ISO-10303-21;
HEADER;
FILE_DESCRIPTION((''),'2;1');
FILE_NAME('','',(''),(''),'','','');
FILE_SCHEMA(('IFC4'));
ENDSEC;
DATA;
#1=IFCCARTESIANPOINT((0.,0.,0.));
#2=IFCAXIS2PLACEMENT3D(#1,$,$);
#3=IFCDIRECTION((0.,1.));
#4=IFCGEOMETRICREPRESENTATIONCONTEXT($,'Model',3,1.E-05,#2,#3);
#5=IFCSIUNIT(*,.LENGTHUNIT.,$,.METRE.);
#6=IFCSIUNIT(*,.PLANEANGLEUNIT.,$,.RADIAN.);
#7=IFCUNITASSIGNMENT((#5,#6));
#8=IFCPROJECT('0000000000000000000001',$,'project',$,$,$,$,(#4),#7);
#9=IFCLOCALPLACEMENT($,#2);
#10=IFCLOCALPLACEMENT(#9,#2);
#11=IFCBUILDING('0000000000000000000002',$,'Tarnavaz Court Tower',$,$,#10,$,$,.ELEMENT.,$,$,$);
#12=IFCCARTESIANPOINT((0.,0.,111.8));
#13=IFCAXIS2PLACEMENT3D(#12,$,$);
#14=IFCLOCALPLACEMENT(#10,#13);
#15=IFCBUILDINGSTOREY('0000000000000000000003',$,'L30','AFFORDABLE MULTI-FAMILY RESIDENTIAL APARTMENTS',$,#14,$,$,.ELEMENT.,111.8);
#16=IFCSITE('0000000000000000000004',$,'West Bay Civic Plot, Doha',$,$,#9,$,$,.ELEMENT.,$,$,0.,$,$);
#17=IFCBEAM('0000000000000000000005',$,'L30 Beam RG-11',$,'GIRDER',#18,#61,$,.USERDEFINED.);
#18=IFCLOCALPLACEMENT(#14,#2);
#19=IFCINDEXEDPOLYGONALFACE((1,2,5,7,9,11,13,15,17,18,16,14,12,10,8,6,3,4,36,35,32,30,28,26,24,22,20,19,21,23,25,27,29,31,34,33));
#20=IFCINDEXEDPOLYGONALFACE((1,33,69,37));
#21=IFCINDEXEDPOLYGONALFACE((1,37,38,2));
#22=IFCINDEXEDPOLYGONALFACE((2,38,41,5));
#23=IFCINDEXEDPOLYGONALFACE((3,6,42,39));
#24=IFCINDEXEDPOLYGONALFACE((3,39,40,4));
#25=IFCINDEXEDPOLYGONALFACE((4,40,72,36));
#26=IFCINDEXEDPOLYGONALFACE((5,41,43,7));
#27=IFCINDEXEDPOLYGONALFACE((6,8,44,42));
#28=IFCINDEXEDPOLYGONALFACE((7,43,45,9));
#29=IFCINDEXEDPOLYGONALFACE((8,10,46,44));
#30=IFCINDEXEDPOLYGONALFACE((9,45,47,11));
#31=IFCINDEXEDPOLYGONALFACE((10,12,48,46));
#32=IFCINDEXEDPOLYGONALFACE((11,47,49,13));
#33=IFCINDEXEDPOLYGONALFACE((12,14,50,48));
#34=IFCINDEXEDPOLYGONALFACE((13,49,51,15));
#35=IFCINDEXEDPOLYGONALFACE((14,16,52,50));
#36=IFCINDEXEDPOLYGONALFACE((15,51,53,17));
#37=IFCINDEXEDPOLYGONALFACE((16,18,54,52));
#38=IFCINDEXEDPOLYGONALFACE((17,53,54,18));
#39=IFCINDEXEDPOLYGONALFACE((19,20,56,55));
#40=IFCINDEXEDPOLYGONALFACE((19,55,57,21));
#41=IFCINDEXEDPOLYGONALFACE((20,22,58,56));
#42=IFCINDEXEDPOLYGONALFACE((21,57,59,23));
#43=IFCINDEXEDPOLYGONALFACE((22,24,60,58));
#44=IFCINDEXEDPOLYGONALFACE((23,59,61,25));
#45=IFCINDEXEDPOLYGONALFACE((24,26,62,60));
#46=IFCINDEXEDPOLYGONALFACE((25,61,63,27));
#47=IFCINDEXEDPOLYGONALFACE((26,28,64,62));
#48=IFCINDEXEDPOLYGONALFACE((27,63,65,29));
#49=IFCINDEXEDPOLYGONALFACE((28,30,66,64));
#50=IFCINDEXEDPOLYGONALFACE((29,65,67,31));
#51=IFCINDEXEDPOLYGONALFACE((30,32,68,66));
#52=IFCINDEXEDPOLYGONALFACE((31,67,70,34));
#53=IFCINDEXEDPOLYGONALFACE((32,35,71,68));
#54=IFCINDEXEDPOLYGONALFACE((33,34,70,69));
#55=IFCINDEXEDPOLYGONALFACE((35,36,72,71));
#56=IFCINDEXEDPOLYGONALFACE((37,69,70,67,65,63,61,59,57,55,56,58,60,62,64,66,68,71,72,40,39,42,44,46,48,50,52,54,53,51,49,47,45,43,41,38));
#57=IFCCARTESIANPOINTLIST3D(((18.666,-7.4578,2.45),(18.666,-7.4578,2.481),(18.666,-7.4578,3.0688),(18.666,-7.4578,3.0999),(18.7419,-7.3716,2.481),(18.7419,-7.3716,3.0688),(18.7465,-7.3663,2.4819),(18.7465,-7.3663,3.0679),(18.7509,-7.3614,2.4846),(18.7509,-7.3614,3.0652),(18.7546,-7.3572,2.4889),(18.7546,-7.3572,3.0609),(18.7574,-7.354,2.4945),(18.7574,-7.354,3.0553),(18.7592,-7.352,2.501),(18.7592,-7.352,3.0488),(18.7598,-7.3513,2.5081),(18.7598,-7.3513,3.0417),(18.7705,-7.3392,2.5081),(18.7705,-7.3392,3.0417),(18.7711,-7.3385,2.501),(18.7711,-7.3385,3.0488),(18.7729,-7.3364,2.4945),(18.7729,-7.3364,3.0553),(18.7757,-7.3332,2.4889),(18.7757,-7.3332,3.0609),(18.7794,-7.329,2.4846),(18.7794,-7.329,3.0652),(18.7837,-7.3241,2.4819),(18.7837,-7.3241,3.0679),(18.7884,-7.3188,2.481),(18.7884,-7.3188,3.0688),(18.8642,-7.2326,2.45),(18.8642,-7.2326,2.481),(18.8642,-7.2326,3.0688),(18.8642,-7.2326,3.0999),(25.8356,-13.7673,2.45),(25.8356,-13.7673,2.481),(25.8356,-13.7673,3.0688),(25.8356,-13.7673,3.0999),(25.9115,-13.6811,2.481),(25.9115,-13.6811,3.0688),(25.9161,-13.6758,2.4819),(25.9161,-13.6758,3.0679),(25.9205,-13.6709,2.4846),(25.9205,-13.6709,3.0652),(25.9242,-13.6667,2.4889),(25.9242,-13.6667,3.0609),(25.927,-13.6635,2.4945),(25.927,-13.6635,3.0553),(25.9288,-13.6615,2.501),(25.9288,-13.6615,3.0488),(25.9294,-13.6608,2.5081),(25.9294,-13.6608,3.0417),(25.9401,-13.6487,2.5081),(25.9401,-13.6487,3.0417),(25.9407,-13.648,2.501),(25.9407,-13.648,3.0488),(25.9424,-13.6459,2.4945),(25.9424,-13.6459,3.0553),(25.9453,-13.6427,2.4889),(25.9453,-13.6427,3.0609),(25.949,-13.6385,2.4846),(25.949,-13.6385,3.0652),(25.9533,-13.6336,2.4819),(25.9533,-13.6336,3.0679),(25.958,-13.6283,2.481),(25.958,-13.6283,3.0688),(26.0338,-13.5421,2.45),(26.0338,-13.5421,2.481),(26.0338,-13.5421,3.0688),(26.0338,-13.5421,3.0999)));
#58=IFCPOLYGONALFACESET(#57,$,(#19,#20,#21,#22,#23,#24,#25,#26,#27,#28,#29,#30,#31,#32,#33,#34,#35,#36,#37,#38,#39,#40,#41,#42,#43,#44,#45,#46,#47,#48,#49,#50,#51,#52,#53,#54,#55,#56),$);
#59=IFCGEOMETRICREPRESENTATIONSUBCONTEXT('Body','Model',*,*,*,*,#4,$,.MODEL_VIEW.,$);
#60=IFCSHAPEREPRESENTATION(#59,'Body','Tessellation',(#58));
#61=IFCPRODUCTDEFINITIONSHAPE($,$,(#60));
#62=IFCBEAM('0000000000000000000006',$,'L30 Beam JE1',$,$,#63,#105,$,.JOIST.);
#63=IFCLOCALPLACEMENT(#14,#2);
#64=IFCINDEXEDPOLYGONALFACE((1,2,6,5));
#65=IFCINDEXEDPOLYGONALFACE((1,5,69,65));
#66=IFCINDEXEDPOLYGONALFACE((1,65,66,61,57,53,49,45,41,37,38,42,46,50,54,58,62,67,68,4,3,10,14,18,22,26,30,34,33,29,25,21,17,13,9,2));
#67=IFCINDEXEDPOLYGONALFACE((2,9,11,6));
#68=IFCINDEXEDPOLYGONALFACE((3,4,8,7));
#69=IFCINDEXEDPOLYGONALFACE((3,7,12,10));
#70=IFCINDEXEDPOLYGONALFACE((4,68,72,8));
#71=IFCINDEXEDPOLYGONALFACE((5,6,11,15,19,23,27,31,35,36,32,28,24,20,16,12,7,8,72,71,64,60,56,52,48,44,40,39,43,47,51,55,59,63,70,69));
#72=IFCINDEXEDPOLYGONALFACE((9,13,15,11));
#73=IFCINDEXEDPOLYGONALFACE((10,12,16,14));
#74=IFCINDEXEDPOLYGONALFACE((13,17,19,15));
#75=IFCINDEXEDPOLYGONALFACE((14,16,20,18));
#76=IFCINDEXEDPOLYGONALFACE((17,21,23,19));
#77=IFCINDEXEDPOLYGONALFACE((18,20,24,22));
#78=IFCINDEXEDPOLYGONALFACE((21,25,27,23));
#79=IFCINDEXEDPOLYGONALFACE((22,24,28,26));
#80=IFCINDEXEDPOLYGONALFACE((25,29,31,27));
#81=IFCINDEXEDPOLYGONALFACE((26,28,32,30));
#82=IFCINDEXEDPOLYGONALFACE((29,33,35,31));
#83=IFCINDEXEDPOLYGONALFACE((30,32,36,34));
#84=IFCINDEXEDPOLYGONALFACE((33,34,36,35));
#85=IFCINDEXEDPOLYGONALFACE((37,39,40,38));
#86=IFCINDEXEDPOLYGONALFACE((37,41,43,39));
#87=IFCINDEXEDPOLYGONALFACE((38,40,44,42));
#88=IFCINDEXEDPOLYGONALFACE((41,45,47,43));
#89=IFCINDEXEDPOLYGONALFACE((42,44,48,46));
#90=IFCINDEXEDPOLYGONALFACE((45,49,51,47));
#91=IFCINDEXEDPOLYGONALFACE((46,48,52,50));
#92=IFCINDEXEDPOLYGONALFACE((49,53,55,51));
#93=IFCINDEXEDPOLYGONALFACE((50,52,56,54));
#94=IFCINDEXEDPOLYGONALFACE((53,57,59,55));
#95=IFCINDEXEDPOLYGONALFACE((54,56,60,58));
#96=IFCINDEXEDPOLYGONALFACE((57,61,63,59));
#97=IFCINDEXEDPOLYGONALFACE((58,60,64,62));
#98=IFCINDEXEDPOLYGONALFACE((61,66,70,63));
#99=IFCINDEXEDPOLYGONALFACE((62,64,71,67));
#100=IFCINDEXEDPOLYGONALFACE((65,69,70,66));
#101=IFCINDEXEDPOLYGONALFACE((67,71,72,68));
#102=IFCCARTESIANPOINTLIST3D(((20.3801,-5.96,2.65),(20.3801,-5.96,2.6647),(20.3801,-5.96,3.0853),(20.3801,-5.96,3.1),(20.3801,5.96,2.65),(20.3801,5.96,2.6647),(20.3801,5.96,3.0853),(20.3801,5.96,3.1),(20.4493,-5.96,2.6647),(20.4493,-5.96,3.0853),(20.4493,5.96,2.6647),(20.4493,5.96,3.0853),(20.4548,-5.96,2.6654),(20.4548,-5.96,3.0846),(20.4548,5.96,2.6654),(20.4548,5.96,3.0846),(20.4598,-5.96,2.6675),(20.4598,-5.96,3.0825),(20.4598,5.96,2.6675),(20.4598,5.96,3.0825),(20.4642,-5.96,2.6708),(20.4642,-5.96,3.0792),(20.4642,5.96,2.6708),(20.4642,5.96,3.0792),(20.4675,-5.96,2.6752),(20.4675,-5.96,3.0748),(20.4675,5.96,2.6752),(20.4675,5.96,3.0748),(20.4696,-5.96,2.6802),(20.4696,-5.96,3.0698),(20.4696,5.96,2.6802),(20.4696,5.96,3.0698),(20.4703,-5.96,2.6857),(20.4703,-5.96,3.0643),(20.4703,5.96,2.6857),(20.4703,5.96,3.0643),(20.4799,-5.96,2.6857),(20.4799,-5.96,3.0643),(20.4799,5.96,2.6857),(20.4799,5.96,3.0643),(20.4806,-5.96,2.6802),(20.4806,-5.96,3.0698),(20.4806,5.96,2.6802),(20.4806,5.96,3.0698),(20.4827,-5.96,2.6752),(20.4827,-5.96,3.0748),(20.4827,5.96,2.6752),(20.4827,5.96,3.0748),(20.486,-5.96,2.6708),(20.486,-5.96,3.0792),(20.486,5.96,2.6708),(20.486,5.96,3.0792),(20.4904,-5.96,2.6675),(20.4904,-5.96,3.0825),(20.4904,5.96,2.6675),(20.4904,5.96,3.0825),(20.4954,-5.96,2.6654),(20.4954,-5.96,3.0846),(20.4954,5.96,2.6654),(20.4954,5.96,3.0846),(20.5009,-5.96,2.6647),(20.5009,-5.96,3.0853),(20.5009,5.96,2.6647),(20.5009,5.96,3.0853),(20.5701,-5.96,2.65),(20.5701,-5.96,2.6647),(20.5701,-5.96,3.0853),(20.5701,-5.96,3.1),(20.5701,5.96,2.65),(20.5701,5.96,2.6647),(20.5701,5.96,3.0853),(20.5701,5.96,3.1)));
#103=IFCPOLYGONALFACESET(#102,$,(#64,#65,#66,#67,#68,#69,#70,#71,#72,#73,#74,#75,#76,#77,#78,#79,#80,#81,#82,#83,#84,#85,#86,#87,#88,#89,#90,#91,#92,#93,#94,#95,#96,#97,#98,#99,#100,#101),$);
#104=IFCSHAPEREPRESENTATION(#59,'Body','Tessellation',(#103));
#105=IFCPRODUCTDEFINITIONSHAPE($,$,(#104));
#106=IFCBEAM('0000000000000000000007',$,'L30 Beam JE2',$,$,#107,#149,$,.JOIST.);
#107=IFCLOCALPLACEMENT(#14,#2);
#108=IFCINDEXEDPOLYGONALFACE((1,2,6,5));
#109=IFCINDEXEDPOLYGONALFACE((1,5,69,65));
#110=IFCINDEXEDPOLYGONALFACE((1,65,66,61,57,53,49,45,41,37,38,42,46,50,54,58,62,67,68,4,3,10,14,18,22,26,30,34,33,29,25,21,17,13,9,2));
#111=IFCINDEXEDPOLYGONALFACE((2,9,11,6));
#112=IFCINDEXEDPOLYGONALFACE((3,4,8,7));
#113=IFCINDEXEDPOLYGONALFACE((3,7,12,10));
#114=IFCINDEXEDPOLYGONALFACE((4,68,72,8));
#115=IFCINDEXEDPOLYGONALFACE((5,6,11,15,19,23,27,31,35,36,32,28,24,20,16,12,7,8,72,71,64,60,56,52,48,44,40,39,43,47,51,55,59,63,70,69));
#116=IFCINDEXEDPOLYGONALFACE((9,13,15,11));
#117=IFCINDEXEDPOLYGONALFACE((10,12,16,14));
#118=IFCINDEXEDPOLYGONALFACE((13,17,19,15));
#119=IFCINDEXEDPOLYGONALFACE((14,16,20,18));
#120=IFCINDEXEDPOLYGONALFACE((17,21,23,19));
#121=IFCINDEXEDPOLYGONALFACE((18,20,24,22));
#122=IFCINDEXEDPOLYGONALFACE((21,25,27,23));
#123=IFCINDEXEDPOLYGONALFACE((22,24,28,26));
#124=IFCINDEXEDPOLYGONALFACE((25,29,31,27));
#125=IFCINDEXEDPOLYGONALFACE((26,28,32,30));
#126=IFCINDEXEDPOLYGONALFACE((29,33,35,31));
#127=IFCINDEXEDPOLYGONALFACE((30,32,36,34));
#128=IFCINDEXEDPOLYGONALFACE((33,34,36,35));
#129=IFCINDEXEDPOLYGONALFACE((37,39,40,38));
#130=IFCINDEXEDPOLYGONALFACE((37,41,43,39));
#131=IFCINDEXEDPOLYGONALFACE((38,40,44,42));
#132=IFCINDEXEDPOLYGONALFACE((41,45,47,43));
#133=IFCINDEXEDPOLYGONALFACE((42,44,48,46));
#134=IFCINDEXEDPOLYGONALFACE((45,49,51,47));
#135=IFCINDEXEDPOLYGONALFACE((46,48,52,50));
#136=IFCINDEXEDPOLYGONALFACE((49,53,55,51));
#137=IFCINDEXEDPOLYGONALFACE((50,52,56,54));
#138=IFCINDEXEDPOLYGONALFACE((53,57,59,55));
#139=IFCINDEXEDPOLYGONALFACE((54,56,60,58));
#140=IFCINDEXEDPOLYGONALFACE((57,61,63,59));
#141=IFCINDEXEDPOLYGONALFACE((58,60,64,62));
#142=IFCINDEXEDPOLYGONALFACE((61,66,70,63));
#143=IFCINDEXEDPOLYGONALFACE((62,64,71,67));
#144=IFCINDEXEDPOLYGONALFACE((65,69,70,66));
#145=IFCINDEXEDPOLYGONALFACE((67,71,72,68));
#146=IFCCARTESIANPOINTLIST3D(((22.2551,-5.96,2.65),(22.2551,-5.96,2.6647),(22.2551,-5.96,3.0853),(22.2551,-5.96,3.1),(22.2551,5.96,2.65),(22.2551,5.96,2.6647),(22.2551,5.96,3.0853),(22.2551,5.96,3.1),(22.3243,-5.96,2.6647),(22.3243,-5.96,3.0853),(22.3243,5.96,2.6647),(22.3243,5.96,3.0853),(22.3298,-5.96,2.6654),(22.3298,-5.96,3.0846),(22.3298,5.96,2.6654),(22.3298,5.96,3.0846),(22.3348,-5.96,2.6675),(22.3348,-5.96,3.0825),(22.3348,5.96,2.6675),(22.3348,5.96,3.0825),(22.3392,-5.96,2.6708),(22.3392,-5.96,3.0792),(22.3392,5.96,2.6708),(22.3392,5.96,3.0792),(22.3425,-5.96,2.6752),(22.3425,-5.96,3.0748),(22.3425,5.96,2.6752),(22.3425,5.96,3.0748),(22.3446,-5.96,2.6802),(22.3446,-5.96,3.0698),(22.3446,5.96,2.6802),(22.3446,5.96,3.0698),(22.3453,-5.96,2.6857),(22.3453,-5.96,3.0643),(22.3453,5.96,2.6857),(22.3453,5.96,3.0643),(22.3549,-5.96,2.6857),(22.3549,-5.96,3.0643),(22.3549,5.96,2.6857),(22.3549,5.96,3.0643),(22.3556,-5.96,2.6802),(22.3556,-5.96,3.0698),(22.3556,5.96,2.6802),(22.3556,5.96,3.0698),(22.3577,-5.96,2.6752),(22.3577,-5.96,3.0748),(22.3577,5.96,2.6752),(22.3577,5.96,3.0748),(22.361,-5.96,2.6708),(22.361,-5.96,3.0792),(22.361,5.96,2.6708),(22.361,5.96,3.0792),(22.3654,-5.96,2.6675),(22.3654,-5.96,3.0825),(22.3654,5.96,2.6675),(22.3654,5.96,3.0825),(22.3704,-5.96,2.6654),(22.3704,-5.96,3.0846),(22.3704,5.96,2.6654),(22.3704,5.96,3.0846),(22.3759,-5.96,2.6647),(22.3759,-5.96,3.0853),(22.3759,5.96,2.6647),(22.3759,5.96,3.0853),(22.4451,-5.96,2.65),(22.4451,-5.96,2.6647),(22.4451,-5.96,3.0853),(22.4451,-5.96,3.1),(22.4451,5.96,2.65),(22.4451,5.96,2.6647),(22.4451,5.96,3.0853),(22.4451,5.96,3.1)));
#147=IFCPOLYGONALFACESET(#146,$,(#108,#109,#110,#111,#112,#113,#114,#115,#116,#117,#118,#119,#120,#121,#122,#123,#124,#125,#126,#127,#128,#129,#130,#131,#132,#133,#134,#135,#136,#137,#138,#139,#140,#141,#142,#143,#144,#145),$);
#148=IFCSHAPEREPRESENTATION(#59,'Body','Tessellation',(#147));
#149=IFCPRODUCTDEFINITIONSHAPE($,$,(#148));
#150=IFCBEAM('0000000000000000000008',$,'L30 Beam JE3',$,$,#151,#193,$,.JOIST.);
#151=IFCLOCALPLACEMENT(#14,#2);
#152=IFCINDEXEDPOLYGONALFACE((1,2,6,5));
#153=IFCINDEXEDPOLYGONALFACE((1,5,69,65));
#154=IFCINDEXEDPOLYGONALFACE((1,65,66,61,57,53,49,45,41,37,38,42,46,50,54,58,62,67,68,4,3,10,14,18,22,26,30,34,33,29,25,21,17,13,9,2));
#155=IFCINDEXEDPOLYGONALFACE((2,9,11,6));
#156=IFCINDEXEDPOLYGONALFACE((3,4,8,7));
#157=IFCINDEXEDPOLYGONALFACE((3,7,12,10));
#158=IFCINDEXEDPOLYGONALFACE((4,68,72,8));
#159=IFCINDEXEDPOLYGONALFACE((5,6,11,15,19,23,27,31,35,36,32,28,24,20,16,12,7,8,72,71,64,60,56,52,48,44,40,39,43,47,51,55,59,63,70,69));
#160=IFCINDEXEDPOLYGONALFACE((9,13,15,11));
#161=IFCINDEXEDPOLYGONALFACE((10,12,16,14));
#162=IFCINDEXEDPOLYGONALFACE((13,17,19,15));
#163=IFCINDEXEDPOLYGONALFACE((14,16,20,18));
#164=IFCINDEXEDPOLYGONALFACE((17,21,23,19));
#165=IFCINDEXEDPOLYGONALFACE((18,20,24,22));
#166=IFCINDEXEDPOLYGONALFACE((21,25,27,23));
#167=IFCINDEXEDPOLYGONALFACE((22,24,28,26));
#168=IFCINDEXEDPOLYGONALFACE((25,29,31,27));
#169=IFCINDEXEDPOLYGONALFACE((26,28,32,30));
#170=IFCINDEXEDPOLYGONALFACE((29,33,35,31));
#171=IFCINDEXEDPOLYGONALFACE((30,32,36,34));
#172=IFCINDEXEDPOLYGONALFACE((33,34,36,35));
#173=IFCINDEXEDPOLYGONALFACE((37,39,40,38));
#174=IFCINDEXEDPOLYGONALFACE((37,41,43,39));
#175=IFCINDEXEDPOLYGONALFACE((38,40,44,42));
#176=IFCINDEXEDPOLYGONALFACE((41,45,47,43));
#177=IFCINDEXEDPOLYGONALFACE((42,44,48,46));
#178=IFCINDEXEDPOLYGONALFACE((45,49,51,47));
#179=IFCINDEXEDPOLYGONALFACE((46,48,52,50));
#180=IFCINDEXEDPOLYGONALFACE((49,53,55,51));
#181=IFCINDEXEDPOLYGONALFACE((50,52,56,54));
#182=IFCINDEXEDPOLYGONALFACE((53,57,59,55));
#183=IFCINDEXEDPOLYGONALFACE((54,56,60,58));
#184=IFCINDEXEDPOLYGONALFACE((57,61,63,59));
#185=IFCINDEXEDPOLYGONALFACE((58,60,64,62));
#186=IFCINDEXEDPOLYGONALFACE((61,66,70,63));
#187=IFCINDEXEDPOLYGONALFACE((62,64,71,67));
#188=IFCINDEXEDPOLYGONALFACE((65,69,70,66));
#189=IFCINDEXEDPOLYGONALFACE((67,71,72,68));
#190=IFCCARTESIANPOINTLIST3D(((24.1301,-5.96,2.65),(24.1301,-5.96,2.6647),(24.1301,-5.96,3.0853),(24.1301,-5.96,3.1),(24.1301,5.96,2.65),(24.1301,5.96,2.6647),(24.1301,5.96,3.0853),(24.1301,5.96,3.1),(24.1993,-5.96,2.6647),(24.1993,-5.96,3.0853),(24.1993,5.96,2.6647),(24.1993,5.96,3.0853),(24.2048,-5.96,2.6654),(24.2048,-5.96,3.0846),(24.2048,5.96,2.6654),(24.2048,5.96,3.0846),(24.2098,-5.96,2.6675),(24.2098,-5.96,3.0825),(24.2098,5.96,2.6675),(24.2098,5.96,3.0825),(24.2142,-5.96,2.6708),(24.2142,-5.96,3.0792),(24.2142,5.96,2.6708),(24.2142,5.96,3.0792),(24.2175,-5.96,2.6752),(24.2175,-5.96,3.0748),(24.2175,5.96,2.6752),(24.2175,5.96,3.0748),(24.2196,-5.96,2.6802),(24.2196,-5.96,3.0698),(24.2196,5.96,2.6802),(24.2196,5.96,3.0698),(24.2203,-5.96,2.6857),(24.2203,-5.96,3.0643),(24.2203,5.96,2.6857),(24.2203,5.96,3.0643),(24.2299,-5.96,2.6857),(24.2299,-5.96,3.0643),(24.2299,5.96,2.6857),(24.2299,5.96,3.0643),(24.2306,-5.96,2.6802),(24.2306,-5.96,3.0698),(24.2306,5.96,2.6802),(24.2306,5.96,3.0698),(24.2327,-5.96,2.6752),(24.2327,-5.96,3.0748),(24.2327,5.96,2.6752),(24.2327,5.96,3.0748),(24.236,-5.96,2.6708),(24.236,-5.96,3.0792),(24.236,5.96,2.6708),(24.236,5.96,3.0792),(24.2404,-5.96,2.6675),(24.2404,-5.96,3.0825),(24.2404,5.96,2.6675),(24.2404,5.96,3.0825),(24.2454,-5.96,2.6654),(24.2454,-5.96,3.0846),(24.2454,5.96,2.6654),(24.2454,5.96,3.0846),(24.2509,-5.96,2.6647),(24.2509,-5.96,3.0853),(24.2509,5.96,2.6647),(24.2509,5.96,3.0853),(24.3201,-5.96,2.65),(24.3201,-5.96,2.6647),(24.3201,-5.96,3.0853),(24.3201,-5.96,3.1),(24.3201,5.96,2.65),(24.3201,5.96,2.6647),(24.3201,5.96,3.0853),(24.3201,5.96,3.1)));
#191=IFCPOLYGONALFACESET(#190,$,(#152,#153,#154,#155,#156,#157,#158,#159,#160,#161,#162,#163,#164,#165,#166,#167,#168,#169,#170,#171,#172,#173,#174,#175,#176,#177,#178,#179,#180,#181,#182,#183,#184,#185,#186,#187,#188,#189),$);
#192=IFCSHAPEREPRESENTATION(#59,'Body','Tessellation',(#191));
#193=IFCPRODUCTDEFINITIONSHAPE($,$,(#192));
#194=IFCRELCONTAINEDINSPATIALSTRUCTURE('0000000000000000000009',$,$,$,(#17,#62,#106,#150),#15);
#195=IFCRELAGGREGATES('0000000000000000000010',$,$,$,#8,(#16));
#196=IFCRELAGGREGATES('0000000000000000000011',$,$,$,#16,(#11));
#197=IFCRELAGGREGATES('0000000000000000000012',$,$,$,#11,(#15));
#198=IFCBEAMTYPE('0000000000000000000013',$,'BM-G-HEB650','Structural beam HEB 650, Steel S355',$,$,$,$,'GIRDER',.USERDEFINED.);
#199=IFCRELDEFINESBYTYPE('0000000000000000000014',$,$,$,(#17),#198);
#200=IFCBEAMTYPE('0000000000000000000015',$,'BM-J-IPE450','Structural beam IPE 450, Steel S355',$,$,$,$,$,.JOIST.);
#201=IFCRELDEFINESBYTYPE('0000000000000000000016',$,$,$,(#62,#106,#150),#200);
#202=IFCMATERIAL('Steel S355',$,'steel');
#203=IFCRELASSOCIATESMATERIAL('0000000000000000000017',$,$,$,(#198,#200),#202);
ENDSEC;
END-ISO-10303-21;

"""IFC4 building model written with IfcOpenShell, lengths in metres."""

from ifc_helpers import new_model, si_unit, direction, frame, origin, origin_2d, place, context, subcontext, project, spatial, i_section, extrude, material, material_profile, profile_set, type_object, element, save


model = new_model("IFC4")

# Units and contexts
model_context = context("Model", 3, precision=1e-05, world=origin(), true_north=direction((0.0, 1.0)))
body_context = subcontext(model_context, "Body", "Model", "MODEL_VIEW")
ifc_project = project(units=[si_unit("LENGTHUNIT", "METRE"), si_unit("PLANEANGLEUNIT", "RADIAN")], contexts=[model_context])

# Site, building, storey
site_placement = place(None, origin())
site = spatial("IfcSite", under=ifc_project, at=site_placement, Name="West Bay Civic Plot, Doha", CompositionType="ELEMENT", RefElevation=0.0)
building_placement = place(site_placement, origin())
building = spatial("IfcBuilding", under=site, at=building_placement, Name="Tarnavaz Court Tower", CompositionType="ELEMENT")
storey_placement = place(building_placement, frame((0.0, 0.0, 111.8)))
storey = spatial("IfcBuildingStorey", under=building, at=storey_placement, Name="L30", Description="AFFORDABLE MULTI-FAMILY RESIDENTIAL APARTMENTS", CompositionType="ELEMENT", Elevation=111.8)

# Beams
ifc_material_1 = material(Name="Steel S355", Category="steel")
ifc_material_profile_1 = material_profile(ifc_material_1, i_section(OverallWidth=0.3, OverallDepth=0.6499, WebThickness=0.0161, FlangeThickness=0.031, FilletRadius=0.0271, at=origin_2d()), Name="HEB 650")
ifc_profile_set_1 = profile_set([ifc_material_profile_1], Name="Steel S355")
beam_type_1 = type_object("IfcBeamType", Name="BM-G-HEB650", Description="Structural beam HEB 650, Steel S355", ElementType="GIRDER", PredefinedType="USERDEFINED", material=ifc_profile_set_1)
beam_1_placement = place(storey_placement, frame((18.7651, -7.3452, 2.7749), z_axis=(0.7507, -0.660643, 0.0), x_axis=(0.660643, 0.7507, 0.0)))
element("IfcBeam", 1, at=beam_1_placement, inside=storey, type_object=beam_type_1, Name="L30 Beam RG-11", ObjectType="GIRDER", PredefinedType="USERDEFINED", context=body_context, shape_type="SweptSolid", body=[
    extrude(i_section(OverallWidth=0.3, OverallDepth=0.6499, WebThickness=0.0161, FlangeThickness=0.031, FilletRadius=0.0271, at=origin_2d()), origin(), (0.0, 0.0, 1.0), 9.5505),
])
ifc_material_profile_2 = material_profile(ifc_material_1, i_section(OverallWidth=0.1899, OverallDepth=0.45, WebThickness=0.0095, FlangeThickness=0.0146, FilletRadius=0.021, at=origin_2d()), Name="IPE 450")
ifc_profile_set_2 = profile_set([ifc_material_profile_2], Name="Steel S355")
beam_type_2 = type_object("IfcBeamType", Name="BM-J-IPE450", Description="Structural beam IPE 450, Steel S355", PredefinedType="JOIST", material=ifc_profile_set_2)
for number, where, z_axis, x_axis, name in (
    (2, (20.4751, -5.96, 2.875), (0.0, 1.0, 0.0), (-1.0, 0.0, 0.0), "L30 Beam JE1"),
    (3, (22.3501, -5.96, 2.875), (0.0, 1.0, 0.0), (-1.0, 0.0, 0.0), "L30 Beam JE2"),
    (4, (24.2251, -5.96, 2.875), (0.0, 1.0, 0.0), (-1.0, 0.0, 0.0), "L30 Beam JE3"),
):
    element("IfcBeam", number, at=place(storey_placement, frame(where, z_axis=z_axis, x_axis=x_axis)), inside=storey, type_object=beam_type_2, Name=name, PredefinedType="JOIST", context=body_context, shape_type="SweptSolid", body=[
        extrude(i_section(OverallWidth=0.1899, OverallDepth=0.45, WebThickness=0.0095, FlangeThickness=0.0146, FilletRadius=0.021, at=origin_2d()), origin(), (0.0, 0.0, 1.0), 11.9199),
    ])

save(model, "model.ifc")
